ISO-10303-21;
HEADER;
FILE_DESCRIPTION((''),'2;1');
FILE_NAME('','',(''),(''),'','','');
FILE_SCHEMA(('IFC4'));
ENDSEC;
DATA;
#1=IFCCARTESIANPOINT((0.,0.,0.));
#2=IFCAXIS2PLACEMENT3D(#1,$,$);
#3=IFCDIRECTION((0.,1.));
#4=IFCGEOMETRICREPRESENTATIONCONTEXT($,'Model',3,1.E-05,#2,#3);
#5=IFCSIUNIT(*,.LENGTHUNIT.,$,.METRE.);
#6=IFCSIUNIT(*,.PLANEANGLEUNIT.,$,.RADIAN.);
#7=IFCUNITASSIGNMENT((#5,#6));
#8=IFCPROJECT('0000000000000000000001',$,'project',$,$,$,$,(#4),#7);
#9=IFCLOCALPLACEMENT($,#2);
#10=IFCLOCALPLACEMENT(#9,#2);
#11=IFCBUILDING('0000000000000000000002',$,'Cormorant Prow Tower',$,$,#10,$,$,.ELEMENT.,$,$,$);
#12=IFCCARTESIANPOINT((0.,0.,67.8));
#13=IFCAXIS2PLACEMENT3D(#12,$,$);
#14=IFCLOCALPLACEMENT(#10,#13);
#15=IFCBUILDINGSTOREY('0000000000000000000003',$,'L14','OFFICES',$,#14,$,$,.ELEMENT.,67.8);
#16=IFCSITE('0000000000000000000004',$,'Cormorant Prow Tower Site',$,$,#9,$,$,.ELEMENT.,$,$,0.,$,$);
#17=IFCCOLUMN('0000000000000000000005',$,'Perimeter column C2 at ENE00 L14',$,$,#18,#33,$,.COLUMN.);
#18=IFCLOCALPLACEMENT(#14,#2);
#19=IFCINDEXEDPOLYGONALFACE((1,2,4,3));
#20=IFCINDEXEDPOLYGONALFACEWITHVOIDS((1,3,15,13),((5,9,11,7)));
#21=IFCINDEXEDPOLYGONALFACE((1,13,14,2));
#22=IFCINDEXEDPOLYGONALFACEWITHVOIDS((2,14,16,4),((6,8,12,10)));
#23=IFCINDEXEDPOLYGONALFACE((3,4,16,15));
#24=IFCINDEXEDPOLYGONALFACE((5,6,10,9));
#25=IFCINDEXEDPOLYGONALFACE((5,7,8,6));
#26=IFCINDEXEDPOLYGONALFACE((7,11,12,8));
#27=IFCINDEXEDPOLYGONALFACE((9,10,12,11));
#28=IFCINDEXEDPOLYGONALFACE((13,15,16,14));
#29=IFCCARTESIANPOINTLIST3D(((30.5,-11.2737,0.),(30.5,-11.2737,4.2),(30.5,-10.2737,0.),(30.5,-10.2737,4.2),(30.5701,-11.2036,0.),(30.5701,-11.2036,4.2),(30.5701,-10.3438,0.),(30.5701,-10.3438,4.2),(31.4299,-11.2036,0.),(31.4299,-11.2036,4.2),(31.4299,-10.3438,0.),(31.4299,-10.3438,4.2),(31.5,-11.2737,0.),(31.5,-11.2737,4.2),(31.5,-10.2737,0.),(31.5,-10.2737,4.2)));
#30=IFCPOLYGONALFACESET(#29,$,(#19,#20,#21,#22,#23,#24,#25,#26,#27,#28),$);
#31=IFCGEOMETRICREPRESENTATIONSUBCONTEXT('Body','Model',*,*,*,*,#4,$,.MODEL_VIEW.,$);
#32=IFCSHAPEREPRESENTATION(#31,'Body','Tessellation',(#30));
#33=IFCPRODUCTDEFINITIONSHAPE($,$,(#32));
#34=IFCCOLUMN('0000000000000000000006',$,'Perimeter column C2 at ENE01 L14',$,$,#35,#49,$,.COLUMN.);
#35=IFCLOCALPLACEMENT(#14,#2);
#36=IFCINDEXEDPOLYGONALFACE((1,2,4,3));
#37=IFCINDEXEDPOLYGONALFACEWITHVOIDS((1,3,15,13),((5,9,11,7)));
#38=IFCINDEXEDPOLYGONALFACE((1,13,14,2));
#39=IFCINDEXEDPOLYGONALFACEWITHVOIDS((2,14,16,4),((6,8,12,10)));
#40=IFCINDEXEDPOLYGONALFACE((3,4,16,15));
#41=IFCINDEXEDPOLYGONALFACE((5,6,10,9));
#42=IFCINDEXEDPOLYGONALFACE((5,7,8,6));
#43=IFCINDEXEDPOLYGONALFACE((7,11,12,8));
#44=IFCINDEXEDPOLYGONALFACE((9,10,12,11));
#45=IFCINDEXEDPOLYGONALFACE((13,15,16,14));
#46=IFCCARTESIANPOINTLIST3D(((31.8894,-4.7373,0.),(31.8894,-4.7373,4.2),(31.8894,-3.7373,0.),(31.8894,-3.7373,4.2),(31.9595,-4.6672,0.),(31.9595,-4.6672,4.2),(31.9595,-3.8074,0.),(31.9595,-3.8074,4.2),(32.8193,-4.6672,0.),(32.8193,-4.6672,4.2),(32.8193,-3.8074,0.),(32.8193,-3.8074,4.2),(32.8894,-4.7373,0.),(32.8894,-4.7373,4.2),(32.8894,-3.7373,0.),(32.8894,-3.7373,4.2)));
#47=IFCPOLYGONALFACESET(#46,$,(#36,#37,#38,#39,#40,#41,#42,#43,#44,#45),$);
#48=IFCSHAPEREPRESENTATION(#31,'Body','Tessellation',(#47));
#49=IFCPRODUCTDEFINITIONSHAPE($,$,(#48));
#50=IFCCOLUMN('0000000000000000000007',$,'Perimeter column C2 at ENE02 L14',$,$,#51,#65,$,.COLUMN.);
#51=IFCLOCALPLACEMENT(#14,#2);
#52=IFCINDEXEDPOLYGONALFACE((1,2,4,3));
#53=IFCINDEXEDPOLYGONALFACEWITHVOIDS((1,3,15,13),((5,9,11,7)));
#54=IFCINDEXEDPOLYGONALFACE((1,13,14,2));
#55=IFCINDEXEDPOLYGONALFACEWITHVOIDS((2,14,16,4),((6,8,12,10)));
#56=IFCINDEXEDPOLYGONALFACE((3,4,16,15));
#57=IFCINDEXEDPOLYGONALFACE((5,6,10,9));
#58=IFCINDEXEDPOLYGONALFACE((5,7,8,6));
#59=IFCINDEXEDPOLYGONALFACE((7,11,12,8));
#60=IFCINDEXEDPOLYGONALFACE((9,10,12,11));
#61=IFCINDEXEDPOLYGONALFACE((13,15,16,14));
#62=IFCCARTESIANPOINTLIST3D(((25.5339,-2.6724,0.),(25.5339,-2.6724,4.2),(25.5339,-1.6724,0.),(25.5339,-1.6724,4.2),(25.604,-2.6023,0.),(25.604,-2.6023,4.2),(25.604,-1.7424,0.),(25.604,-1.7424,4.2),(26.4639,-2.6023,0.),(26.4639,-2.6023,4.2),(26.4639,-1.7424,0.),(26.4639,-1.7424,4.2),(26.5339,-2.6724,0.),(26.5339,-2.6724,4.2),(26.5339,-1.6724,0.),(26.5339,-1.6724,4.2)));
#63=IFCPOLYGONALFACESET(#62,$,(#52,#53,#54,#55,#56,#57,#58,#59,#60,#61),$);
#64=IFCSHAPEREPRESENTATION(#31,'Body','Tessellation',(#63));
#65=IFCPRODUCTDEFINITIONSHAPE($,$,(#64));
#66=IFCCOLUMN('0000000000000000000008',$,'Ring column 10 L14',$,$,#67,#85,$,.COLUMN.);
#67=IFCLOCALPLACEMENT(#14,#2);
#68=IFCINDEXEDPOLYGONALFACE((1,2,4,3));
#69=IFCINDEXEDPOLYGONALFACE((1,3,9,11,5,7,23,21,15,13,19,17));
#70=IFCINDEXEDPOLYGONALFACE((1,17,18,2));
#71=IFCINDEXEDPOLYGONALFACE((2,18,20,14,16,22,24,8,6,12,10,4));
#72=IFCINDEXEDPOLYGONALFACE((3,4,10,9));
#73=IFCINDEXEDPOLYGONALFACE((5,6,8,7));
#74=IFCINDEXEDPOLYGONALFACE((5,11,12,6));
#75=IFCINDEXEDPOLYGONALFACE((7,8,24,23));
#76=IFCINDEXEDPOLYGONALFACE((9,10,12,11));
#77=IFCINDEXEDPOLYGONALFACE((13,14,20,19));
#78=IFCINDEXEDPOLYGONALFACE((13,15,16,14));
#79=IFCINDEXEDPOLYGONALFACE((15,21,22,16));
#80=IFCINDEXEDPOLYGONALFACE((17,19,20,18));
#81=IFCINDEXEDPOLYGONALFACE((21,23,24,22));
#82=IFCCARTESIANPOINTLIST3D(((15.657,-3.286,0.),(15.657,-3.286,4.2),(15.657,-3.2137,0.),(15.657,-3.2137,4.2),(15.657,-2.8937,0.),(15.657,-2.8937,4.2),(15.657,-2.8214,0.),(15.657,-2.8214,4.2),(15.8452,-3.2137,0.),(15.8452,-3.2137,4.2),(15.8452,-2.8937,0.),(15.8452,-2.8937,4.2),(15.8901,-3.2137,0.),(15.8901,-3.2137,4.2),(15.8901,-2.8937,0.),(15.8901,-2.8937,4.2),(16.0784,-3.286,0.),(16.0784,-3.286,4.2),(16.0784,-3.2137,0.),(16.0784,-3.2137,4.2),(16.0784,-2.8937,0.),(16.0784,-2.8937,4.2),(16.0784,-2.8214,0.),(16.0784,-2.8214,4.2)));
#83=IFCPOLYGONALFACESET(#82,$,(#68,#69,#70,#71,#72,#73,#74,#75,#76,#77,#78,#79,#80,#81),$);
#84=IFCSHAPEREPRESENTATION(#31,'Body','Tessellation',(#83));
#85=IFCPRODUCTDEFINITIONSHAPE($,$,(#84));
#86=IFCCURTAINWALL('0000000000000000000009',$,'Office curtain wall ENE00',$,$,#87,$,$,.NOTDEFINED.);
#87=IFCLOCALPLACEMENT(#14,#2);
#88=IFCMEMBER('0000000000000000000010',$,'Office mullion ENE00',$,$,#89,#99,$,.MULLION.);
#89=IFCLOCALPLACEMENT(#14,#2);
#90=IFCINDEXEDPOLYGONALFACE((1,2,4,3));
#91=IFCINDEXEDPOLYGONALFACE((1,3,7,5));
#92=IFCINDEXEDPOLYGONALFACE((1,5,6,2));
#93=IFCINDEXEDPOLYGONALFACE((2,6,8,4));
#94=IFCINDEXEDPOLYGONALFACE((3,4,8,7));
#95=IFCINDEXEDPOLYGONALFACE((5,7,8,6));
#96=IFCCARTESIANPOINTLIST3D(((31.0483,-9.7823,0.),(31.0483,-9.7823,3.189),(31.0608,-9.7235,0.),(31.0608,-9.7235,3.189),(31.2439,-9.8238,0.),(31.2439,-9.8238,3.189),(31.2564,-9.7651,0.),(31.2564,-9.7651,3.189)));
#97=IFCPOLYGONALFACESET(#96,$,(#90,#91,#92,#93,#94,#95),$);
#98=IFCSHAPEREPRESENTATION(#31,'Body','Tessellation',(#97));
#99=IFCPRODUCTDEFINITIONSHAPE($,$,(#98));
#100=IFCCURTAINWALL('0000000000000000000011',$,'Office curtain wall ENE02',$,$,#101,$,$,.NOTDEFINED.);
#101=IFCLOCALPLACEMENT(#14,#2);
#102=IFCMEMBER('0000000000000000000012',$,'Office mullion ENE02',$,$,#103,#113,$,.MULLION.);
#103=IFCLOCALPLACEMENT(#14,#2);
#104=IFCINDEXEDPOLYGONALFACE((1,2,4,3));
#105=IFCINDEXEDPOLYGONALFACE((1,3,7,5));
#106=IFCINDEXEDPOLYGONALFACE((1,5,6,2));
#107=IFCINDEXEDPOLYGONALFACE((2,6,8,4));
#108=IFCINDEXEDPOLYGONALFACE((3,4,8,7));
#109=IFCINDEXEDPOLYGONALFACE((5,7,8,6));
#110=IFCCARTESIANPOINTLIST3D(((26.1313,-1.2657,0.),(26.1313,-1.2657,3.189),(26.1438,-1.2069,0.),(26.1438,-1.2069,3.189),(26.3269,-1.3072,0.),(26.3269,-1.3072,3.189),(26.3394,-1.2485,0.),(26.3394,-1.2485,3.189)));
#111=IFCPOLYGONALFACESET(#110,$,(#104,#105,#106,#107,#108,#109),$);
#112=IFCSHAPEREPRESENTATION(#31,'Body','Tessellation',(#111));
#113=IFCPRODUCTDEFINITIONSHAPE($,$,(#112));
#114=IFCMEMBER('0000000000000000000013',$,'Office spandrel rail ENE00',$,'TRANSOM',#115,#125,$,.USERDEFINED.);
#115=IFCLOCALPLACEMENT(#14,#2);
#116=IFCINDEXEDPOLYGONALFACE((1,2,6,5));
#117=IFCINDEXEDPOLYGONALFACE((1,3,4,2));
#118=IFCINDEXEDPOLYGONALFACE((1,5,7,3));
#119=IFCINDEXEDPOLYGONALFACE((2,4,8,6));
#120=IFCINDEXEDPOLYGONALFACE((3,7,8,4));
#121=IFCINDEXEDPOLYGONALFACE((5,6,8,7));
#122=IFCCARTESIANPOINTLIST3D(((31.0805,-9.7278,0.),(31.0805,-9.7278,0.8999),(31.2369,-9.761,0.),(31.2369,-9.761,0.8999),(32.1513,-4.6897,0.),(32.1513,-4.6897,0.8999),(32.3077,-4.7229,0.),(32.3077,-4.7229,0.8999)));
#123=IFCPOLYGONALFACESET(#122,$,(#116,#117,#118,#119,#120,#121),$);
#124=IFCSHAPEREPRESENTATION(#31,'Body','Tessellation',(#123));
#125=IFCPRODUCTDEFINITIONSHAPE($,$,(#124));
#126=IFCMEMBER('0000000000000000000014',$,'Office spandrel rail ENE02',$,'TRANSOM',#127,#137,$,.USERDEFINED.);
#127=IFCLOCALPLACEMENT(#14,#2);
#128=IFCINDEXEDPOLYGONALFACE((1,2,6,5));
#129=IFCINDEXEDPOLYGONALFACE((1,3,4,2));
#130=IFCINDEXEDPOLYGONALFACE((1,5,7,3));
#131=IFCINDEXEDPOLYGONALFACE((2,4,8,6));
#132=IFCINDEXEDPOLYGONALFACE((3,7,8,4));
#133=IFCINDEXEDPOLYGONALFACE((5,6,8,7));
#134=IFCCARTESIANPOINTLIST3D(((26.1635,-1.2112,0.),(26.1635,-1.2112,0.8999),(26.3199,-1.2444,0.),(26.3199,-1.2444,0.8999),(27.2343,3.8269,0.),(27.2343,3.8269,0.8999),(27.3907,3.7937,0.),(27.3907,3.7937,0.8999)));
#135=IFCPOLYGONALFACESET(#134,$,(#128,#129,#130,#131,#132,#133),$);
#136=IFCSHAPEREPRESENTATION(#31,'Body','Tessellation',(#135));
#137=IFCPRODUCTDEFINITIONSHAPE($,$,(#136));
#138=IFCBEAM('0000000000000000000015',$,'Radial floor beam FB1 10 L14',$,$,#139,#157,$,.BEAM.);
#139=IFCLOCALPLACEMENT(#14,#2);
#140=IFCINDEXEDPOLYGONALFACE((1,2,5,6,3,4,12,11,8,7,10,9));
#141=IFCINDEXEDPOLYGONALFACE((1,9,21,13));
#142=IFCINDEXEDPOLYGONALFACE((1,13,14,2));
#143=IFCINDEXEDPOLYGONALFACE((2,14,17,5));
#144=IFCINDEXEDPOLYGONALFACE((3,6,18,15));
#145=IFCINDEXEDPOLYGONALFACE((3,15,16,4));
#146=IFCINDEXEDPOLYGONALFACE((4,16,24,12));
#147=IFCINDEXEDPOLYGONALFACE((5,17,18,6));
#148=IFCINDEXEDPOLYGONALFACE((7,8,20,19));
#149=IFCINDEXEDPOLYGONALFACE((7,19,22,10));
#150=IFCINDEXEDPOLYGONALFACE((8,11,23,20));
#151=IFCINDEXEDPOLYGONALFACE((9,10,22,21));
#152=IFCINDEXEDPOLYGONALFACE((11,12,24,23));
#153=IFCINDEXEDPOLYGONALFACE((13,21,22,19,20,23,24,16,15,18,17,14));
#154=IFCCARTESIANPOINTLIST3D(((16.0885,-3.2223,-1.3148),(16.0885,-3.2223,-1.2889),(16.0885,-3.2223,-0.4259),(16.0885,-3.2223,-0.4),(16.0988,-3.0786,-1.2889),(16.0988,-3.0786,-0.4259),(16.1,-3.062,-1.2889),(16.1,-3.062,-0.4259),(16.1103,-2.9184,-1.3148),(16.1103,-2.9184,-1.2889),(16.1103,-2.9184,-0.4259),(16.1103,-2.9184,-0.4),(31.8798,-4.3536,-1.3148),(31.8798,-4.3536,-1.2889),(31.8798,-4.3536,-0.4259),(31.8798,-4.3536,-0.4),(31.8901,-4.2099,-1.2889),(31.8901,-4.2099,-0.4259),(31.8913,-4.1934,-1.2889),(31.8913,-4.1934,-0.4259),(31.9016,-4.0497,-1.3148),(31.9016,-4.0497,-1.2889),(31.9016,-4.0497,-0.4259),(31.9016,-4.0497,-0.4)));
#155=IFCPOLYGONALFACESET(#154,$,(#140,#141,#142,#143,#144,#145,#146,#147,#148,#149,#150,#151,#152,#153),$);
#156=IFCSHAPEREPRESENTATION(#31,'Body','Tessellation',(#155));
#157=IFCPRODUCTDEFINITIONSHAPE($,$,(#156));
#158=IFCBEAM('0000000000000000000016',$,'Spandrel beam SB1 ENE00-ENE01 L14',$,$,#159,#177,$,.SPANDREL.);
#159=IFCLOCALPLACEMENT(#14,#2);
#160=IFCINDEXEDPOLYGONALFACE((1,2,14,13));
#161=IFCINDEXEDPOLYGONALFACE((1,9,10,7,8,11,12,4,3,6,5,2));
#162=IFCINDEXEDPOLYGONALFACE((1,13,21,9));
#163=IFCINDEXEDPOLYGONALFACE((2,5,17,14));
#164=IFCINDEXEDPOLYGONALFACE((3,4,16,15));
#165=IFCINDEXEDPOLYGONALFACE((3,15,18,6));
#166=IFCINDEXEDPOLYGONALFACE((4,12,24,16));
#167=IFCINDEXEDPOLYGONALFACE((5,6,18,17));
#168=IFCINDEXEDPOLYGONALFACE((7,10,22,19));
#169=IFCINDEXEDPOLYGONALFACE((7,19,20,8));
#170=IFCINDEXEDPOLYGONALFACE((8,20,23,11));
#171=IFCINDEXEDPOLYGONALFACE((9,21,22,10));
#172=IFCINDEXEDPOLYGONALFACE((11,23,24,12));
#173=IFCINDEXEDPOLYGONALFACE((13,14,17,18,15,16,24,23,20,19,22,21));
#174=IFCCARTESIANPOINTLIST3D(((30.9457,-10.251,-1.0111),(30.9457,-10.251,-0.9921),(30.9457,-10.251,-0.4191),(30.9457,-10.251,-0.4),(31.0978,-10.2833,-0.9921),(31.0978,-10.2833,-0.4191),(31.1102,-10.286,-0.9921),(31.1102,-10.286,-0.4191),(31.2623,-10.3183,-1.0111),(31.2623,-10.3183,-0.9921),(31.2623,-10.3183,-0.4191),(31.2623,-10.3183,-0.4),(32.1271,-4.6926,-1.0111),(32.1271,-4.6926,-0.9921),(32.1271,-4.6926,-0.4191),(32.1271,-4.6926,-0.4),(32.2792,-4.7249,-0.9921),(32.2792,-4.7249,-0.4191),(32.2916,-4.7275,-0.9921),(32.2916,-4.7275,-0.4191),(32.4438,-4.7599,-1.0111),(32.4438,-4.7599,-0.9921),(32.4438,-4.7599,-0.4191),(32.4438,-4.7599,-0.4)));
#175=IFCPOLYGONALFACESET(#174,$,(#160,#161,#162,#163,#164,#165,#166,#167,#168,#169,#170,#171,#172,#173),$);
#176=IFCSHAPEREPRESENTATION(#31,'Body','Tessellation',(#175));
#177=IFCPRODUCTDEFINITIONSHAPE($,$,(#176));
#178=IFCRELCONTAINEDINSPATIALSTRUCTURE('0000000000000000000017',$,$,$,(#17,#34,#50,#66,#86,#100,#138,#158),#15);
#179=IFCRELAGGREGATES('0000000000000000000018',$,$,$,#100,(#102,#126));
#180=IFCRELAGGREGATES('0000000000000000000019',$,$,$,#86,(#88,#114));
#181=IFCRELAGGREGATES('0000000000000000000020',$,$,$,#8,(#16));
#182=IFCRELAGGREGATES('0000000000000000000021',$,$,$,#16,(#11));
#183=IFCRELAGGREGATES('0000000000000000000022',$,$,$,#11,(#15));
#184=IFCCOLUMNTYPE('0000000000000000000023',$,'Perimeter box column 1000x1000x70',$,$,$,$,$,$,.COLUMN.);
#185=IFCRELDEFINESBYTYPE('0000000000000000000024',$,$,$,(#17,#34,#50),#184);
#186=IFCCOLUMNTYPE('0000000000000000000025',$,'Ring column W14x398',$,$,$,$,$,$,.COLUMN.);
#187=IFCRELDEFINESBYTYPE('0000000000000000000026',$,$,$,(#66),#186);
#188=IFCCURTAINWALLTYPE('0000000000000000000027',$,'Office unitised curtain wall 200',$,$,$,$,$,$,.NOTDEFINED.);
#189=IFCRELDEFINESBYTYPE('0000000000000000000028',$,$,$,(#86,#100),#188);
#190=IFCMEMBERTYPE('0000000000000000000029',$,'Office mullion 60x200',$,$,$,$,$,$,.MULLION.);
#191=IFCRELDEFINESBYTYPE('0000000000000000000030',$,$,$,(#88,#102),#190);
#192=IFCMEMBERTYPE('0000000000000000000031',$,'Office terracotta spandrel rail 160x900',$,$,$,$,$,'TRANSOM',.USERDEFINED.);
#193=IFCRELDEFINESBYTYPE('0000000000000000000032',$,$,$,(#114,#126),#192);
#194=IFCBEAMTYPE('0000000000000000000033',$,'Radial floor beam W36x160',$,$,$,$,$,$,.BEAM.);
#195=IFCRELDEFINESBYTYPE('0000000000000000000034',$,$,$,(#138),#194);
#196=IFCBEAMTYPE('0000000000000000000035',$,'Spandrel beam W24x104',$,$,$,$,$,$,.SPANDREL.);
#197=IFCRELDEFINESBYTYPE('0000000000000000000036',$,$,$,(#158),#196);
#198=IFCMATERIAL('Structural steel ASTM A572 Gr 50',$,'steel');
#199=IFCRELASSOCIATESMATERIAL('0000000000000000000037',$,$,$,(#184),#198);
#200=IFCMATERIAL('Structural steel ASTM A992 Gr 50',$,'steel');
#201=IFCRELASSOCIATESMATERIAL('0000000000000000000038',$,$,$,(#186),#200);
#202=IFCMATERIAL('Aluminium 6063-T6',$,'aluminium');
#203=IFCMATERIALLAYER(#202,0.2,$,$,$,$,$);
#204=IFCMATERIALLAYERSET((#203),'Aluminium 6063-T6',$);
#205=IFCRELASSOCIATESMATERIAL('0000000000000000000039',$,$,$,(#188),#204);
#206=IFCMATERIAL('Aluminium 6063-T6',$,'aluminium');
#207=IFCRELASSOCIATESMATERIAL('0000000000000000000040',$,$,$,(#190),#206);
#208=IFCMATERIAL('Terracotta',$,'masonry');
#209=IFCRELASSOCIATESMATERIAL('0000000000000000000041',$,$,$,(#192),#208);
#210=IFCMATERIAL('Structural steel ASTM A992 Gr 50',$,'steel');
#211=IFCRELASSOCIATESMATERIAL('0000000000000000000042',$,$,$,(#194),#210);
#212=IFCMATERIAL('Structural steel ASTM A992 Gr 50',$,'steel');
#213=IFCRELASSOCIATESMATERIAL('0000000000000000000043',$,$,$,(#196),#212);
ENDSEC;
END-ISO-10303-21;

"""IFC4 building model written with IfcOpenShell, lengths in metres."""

from ifc_helpers import new_model, si_unit, direction, frame, origin, origin_2d, place, context, subcontext, project, spatial, rectangle, hollow_rectangle, i_section, extrude, material, layer, layer_set, material_profile, profile_set, type_object, element, aggregate, save


model = new_model("IFC4")

# Units and contexts
model_context = context("Model", 3, precision=1e-05, world=origin(), true_north=direction((0.0, 1.0)))
body_context = subcontext(model_context, "Body", "Model", "MODEL_VIEW")
ifc_project = project(units=[si_unit("LENGTHUNIT", "METRE"), si_unit("PLANEANGLEUNIT", "RADIAN")], contexts=[model_context])

# Site, building, storey
site_placement = place(None, origin())
site = spatial("IfcSite", under=ifc_project, at=site_placement, Name="Cormorant Prow Tower Site", CompositionType="ELEMENT", RefElevation=0.0)
building_placement = place(site_placement, origin())
building = spatial("IfcBuilding", under=site, at=building_placement, Name="Cormorant Prow Tower", CompositionType="ELEMENT")
storey_placement = place(building_placement, frame((0.0, 0.0, 67.8)))
storey = spatial("IfcBuildingStorey", under=building, at=storey_placement, Name="L14", Description="OFFICES", CompositionType="ELEMENT", Elevation=67.8)

# Columns
ifc_material_1 = material(Name="Structural steel ASTM A572 Gr 50", Category="steel")
ifc_material_profile_1 = material_profile(ifc_material_1, hollow_rectangle(XDim=1.0, YDim=1.0, WallThickness=0.0701, at=origin_2d()), Name="Box 1000x1000x70")
ifc_profile_set_1 = profile_set([ifc_material_profile_1], Name="Structural steel ASTM A572 Gr 50")
column_type_1 = type_object("IfcColumnType", Name="Perimeter box column 1000x1000x70", PredefinedType="COLUMN", material=ifc_profile_set_1)
for number, where, z_axis, x_axis, name in (
    (1, (31.0, -10.7737, 0.0), (0.0, 0.0, 1.0), (1.0, 0.0, 0.0), "Perimeter column C2 at ENE00 L14"),
    (2, (32.3894, -4.2373, 0.0), (0.0, 0.0, 1.0), (1.0, 0.0, 0.0), "Perimeter column C2 at ENE01 L14"),
    (3, (26.0339, -2.1724, 0.0), (0.0, 0.0, 1.0), (1.0, 0.0, 0.0), "Perimeter column C2 at ENE02 L14"),
):
    element("IfcColumn", number, at=place(storey_placement, frame(where, z_axis=z_axis, x_axis=x_axis)), inside=storey, type_object=column_type_1, Name=name, PredefinedType="COLUMN", context=body_context, shape_type="SweptSolid", body=[
        extrude(hollow_rectangle(XDim=1.0, YDim=1.0, WallThickness=0.0701, at=origin_2d()), origin(), (0.0, 0.0, 1.0), 4.2),
    ])
ifc_material_2 = material(Name="Structural steel ASTM A992 Gr 50", Category="steel")
ifc_material_profile_2 = material_profile(ifc_material_2, i_section(OverallWidth=0.4214, OverallDepth=0.4646, WebThickness=0.0449, FlangeThickness=0.0723, at=origin_2d()), Name="W14x398")
ifc_profile_set_2 = profile_set([ifc_material_profile_2], Name="Structural steel ASTM A992 Gr 50")
column_type_2 = type_object("IfcColumnType", Name="Ring column W14x398", PredefinedType="COLUMN", material=ifc_profile_set_2)
column_placement = place(storey_placement, frame((15.8677, -3.0537, 0.0), z_axis=(0.0, 0.0, 1.0), x_axis=(1.0, 0.0, 0.0)))
element("IfcColumn", 4, at=column_placement, inside=storey, type_object=column_type_2, Name="Ring column 10 L14", PredefinedType="COLUMN", context=body_context, shape_type="SweptSolid", body=[
    extrude(i_section(OverallWidth=0.4214, OverallDepth=0.4646, WebThickness=0.0449, FlangeThickness=0.0723, at=origin_2d()), origin(), (0.0, 0.0, 1.0), 4.2),
])

# Curtain walls, members
ifc_material_3 = material(Name="Aluminium 6063-T6", Category="aluminium")
ifc_layer_1 = layer(ifc_material_3, 0.2)
ifc_layer_set_1 = layer_set([ifc_layer_1], Name="Aluminium 6063-T6")
curtain_wall_type = type_object("IfcCurtainWallType", Name="Office unitised curtain wall 200", PredefinedType="NOTDEFINED", material=ifc_layer_set_1)
curtain_wall_1_placement = place(storey_placement, origin())
curtain_wall_1 = element("IfcCurtainWall", 5, at=curtain_wall_1_placement, inside=storey, type_object=curtain_wall_type, Name="Office curtain wall ENE00", PredefinedType="NOTDEFINED")
ifc_material_4 = material(Name="Aluminium 6063-T6", Category="aluminium")
ifc_material_profile_3 = material_profile(ifc_material_4, rectangle(XDim=0.2, YDim=0.0601, at=origin_2d()), Name="Office mullion 60x200")
ifc_profile_set_3 = profile_set([ifc_material_profile_3], Name="Aluminium 6063-T6")
member_type_1 = type_object("IfcMemberType", Name="Office mullion 60x200", PredefinedType="MULLION", material=ifc_profile_set_3)
member_1_placement = place(storey_placement, frame((31.1523, -9.7737, 0.0), z_axis=(0.0, 0.0, 1.0), x_axis=(-0.978148, 0.207912, 0.0)))
member_1 = element("IfcMember", 6, at=member_1_placement, type_object=member_type_1, Name="Office mullion ENE00", PredefinedType="MULLION", context=body_context, shape_type="SweptSolid", body=[
    extrude(rectangle(XDim=0.2, YDim=0.0601, at=origin_2d()), origin(), (0.0, 0.0, 1.0), 3.189),
])
curtain_wall_2_placement = place(storey_placement, origin())
curtain_wall_2 = element("IfcCurtainWall", 7, at=curtain_wall_2_placement, inside=storey, type_object=curtain_wall_type, Name="Office curtain wall ENE02", PredefinedType="NOTDEFINED")
member_2_placement = place(storey_placement, frame((26.2354, -1.2571, 0.0), z_axis=(0.0, 0.0, 1.0), x_axis=(-0.978148, 0.207912, 0.0)))
member_2 = element("IfcMember", 8, at=member_2_placement, type_object=member_type_1, Name="Office mullion ENE02", PredefinedType="MULLION", context=body_context, shape_type="SweptSolid", body=[
    extrude(rectangle(XDim=0.2, YDim=0.0601, at=origin_2d()), origin(), (0.0, 0.0, 1.0), 3.189),
])

# Members
ifc_material_5 = material(Name="Terracotta", Category="masonry")
ifc_material_profile_4 = material_profile(ifc_material_5, rectangle(XDim=0.1599, YDim=0.8999, at=origin_2d()), Name="Office terracotta spandrel rail 160x900")
ifc_profile_set_4 = profile_set([ifc_material_profile_4], Name="Terracotta")
member_type_2 = type_object("IfcMemberType", Name="Office terracotta spandrel rail 160x900", ElementType="TRANSOM", PredefinedType="USERDEFINED", material=ifc_profile_set_4)
member_3_placement = place(storey_placement, frame((31.1587, -9.7444, 0.45), z_axis=(0.207897, 0.978151, 0.0), x_axis=(-0.978151, 0.207897, 0.0)))
member_3 = element("IfcMember", 9, at=member_3_placement, type_object=member_type_2, Name="Office spandrel rail ENE00", ObjectType="TRANSOM", PredefinedType="USERDEFINED", context=body_context, shape_type="SweptSolid", body=[
    extrude(rectangle(XDim=0.1599, YDim=0.8999, at=origin_2d()), origin(), (0.0, 0.0, 1.0), 5.1506),
])
member_4_placement = place(storey_placement, frame((26.2417, -1.2278, 0.45), z_axis=(0.207897, 0.978151, 0.0), x_axis=(-0.978151, 0.207897, 0.0)))
member_4 = element("IfcMember", 10, at=member_4_placement, type_object=member_type_2, Name="Office spandrel rail ENE02", ObjectType="TRANSOM", PredefinedType="USERDEFINED", context=body_context, shape_type="SweptSolid", body=[
    extrude(rectangle(XDim=0.1599, YDim=0.8999, at=origin_2d()), origin(), (0.0, 0.0, 1.0), 5.1506),
])
aggregate(curtain_wall_2, [member_2, member_4])

# Beams
ifc_material_6 = material(Name="Structural steel ASTM A992 Gr 50", Category="steel")
ifc_material_profile_5 = material_profile(ifc_material_6, i_section(OverallWidth=0.3047, OverallDepth=0.9148, WebThickness=0.0166, FlangeThickness=0.0259, at=origin_2d()), Name="W36x160")
ifc_profile_set_5 = profile_set([ifc_material_profile_5], Name="Structural steel ASTM A992 Gr 50")
beam_type_1 = type_object("IfcBeamType", Name="Radial floor beam W36x160", PredefinedType="BEAM", material=ifc_profile_set_5)
beam_1_placement = place(storey_placement, frame((16.0994, -3.0703, -0.8574), z_axis=(0.997443, -0.071461, 0.0), x_axis=(0.071461, 0.997443, 0.0)))
element("IfcBeam", 11, at=beam_1_placement, inside=storey, type_object=beam_type_1, Name="Radial floor beam FB1 10 L14", PredefinedType="BEAM", context=body_context, shape_type="SweptSolid", body=[
    extrude(i_section(OverallWidth=0.3047, OverallDepth=0.9148, WebThickness=0.0166, FlangeThickness=0.0259, at=origin_2d()), origin(), (0.0, 0.0, 1.0), 15.8318),
])
ifc_material_7 = material(Name="Structural steel ASTM A992 Gr 50", Category="steel")
ifc_material_profile_6 = material_profile(ifc_material_7, i_section(OverallWidth=0.3237, OverallDepth=0.6111, WebThickness=0.0127, FlangeThickness=0.019, at=origin_2d()), Name="W24x104")
ifc_profile_set_6 = profile_set([ifc_material_profile_6], Name="Structural steel ASTM A992 Gr 50")
beam_type_2 = type_object("IfcBeamType", Name="Spandrel beam W24x104", PredefinedType="SPANDREL", material=ifc_profile_set_6)
beam_2_placement = place(storey_placement, frame((31.104, -10.2847, -0.7056), z_axis=(0.2079, 0.97815, 0.0), x_axis=(-0.97815, 0.2079, 0.0)))
element("IfcBeam", 12, at=beam_2_placement, inside=storey, type_object=beam_type_2, Name="Spandrel beam SB1 ENE00-ENE01 L14", PredefinedType="SPANDREL", context=body_context, shape_type="SweptSolid", body=[
    extrude(i_section(OverallWidth=0.3237, OverallDepth=0.6111, WebThickness=0.0127, FlangeThickness=0.019, at=origin_2d()), origin(), (0.0, 0.0, 1.0), 5.6826),
])

aggregate(curtain_wall_1, [member_1, member_3])

save(model, "model.ifc")
